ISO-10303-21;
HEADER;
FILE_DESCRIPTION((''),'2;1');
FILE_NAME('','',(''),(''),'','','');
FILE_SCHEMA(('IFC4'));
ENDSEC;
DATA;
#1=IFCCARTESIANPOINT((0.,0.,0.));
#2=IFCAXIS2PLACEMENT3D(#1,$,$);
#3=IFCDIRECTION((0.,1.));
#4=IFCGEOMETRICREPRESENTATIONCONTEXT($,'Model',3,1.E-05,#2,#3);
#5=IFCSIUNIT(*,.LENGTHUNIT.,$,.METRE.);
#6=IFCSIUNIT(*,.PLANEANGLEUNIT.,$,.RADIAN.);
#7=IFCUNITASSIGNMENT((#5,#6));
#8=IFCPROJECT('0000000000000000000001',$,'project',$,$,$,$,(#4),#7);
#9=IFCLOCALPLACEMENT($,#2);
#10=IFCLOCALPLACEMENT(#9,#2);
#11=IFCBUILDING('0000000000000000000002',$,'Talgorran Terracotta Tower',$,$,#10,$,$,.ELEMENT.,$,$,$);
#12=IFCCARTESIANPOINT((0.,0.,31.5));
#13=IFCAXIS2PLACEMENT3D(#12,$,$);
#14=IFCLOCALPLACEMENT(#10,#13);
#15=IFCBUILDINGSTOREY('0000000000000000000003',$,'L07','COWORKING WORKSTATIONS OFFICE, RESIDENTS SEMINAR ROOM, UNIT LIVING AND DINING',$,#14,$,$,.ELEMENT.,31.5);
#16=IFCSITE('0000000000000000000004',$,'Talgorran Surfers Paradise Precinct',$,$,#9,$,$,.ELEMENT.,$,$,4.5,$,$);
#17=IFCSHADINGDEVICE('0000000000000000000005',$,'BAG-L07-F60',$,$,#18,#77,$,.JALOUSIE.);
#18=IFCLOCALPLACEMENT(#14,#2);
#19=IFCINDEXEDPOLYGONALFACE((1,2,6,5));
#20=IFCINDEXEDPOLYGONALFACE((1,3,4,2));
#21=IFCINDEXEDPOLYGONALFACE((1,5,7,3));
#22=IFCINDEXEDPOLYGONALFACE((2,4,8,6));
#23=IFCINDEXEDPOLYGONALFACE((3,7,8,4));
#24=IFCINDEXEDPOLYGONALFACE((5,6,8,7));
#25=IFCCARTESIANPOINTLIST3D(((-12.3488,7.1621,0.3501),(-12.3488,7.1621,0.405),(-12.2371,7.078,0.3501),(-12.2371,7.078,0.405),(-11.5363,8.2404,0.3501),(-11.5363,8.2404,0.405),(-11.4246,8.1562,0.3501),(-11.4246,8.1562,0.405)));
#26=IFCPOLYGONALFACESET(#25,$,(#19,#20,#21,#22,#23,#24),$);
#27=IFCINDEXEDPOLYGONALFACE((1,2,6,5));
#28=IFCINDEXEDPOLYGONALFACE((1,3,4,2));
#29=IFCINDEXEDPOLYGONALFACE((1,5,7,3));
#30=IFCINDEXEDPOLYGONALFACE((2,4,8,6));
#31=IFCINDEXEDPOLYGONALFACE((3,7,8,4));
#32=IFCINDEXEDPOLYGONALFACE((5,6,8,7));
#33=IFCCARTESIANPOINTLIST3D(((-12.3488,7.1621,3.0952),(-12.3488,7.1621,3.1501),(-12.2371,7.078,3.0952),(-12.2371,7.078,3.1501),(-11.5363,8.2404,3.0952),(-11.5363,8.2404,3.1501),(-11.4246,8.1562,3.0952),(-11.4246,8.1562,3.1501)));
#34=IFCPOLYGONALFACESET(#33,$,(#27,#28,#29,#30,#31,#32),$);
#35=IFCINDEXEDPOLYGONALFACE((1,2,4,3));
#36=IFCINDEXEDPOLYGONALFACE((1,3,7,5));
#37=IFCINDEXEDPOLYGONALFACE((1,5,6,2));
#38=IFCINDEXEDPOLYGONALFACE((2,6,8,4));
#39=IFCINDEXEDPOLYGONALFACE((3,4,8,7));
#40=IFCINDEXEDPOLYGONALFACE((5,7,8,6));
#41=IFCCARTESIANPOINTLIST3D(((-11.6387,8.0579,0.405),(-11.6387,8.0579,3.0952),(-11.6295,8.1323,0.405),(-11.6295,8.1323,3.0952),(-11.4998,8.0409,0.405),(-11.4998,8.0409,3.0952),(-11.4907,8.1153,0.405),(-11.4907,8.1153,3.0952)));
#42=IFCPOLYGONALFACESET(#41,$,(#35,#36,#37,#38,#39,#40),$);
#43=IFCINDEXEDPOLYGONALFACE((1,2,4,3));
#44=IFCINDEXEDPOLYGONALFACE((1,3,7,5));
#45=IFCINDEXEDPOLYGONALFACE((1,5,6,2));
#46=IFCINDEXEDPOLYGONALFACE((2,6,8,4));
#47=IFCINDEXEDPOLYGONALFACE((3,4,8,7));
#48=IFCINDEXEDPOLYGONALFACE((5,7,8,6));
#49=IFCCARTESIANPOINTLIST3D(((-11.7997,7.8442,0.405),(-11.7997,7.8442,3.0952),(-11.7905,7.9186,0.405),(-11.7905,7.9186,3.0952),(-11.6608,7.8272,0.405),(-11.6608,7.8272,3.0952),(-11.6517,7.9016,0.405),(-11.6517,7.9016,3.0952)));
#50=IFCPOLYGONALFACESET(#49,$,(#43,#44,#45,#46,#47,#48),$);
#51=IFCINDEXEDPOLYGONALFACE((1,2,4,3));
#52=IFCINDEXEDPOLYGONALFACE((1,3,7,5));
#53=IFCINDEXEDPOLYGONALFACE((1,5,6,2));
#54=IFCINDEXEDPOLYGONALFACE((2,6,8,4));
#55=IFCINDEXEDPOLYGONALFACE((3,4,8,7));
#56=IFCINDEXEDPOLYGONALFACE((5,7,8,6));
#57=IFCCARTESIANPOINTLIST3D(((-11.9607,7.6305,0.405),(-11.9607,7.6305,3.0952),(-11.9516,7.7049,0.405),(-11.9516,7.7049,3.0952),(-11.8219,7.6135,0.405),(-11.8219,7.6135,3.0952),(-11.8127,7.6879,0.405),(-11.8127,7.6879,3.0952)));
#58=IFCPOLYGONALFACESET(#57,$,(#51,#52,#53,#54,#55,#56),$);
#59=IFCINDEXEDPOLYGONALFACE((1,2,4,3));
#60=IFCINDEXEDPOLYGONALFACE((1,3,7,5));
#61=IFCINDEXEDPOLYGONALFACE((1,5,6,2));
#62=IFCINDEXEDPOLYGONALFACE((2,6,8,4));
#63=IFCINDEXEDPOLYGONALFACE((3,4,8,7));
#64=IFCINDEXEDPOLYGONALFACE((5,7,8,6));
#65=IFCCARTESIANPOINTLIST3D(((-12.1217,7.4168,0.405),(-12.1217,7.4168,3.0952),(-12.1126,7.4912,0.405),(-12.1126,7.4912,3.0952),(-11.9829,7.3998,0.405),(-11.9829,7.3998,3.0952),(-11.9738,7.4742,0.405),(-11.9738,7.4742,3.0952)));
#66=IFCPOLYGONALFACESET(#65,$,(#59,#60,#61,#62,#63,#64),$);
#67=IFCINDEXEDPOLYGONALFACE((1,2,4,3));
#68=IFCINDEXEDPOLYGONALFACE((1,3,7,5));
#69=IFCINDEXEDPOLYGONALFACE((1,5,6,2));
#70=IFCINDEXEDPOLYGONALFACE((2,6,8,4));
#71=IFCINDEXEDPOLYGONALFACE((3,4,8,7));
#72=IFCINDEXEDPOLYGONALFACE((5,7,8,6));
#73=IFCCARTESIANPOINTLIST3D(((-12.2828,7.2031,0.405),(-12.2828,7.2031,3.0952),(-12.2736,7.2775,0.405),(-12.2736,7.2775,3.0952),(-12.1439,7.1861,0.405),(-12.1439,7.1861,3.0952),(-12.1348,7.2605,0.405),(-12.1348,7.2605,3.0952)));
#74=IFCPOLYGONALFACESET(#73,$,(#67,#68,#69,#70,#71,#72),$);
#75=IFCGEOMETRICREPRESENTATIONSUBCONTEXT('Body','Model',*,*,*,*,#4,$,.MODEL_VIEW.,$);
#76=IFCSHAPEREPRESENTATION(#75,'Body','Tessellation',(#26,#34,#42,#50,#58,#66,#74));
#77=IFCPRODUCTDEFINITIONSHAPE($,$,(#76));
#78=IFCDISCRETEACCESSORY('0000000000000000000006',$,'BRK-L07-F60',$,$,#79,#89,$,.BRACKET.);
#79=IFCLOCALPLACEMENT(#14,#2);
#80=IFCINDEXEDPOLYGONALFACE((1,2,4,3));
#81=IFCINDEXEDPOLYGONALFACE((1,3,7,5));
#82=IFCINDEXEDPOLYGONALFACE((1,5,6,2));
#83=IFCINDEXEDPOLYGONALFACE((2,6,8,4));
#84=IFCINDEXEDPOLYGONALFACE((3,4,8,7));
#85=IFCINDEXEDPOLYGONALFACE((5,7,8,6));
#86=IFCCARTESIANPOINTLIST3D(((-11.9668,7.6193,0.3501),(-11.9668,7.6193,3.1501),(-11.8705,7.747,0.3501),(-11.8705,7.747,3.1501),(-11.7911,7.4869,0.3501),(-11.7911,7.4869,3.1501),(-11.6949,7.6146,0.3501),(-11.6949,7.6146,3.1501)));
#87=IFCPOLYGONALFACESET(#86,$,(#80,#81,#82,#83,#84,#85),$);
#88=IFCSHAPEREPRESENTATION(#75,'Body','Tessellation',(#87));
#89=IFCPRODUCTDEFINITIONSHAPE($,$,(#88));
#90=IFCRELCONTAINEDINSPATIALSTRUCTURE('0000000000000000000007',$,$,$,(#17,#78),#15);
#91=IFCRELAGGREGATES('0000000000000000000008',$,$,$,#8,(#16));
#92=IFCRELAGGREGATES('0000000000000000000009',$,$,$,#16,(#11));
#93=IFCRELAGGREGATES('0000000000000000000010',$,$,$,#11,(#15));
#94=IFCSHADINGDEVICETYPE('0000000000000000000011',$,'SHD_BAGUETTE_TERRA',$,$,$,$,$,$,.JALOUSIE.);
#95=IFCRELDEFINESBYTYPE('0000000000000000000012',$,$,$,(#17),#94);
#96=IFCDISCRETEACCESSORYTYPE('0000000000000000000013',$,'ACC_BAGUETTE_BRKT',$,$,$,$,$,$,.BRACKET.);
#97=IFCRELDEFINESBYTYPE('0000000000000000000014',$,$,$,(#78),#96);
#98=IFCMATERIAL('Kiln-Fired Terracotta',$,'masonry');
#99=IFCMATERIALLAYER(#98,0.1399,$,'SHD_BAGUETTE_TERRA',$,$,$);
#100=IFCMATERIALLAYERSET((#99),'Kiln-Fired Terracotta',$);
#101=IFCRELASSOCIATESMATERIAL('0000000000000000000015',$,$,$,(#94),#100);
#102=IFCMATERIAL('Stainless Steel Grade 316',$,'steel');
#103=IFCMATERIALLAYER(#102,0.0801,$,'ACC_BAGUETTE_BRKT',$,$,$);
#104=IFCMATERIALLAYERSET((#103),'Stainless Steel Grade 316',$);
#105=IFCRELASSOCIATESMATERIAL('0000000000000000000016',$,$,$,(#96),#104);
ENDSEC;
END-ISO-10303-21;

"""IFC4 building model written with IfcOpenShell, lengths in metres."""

from ifc_helpers import new_model, si_unit, direction, frame, origin, origin_2d, place, context, subcontext, project, spatial, rectangle, extrude, source, transform, mapped, material, layer, layer_set, type_object, type_shapes, element, save


model = new_model("IFC4")

# Units and contexts
model_context = context("Model", 3, precision=1e-05, world=origin(), true_north=direction((0.0, 1.0)))
body_context = subcontext(model_context, "Body", "Model", "MODEL_VIEW")
ifc_project = project(units=[si_unit("LENGTHUNIT", "METRE"), si_unit("PLANEANGLEUNIT", "RADIAN")], contexts=[model_context])

# Site, building, storey
site_placement = place(None, origin())
site = spatial("IfcSite", under=ifc_project, at=site_placement, Name="Talgorran Surfers Paradise Precinct", CompositionType="ELEMENT", RefElevation=4.5)
building_placement = place(site_placement, origin())
building = spatial("IfcBuilding", under=site, at=building_placement, Name="Talgorran Terracotta Tower", CompositionType="ELEMENT")
storey_placement = place(building_placement, frame((0.0, 0.0, 31.5)))
storey = spatial("IfcBuildingStorey", under=building, at=storey_placement, Name="L07", Description="COWORKING WORKSTATIONS OFFICE, RESIDENTS SEMINAR ROOM, UNIT LIVING AND DINING", CompositionType="ELEMENT", Elevation=31.5)

# Shading device
ifc_material_1 = material(Name="Kiln-Fired Terracotta", Category="masonry")
ifc_layer_1 = layer(ifc_material_1, 0.1399, Name="SHD_BAGUETTE_TERRA")
ifc_layer_set_1 = layer_set([ifc_layer_1], Name="Kiln-Fired Terracotta")
shading_device_type = type_object("IfcShadingDeviceType", Name="SHD_BAGUETTE_TERRA", PredefinedType="JALOUSIE", material=ifc_layer_set_1)
shared_shape_1 = source(origin(), body_context, "Body", "SweptSolid", [
    extrude(rectangle(XDim=1.3501, YDim=0.1399, at=origin_2d()), origin(), (0.0, 0.0, 1.0), 0.0549),
    extrude(rectangle(XDim=1.3501, YDim=0.1399, at=origin_2d()), frame((0.0, 0.0, 2.7451)), (0.0, 0.0, 1.0), 0.0549),
    extrude(rectangle(XDim=0.075, YDim=0.1399, at=origin_2d()), frame((-0.5352, 0.0, 0.0549), z_axis=(0.0, 0.0, 1.0), x_axis=(0.866025, 0.5, 0.0)), (0.0, 0.0, 1.0), 2.6902),
    extrude(rectangle(XDim=0.075, YDim=0.1399, at=origin_2d()), frame((-0.2676, 0.0, 0.0549), z_axis=(0.0, 0.0, 1.0), x_axis=(0.866025, 0.5, 0.0)), (0.0, 0.0, 1.0), 2.6902),
    extrude(rectangle(XDim=0.075, YDim=0.1399, at=origin_2d()), frame((0.0, 0.0, 0.0549), z_axis=(0.0, 0.0, 1.0), x_axis=(0.866025, 0.5, 0.0)), (0.0, 0.0, 1.0), 2.6902),
    extrude(rectangle(XDim=0.075, YDim=0.1399, at=origin_2d()), frame((0.2676, 0.0, 0.0549), z_axis=(0.0, 0.0, 1.0), x_axis=(0.866025, 0.5, 0.0)), (0.0, 0.0, 1.0), 2.6902),
    extrude(rectangle(XDim=0.075, YDim=0.1399, at=origin_2d()), frame((0.5352, 0.0, 0.0549), z_axis=(0.0, 0.0, 1.0), x_axis=(0.866025, 0.5, 0.0)), (0.0, 0.0, 1.0), 2.6902),
])
type_shapes(shading_device_type, [shared_shape_1])
shading_device_placement = place(storey_placement, frame((-11.8867, 7.6592, 0.3501), z_axis=(0.0, 0.0, 1.0), x_axis=(-0.601801, -0.798646, 0.0)))
element("IfcShadingDevice", 1, at=shading_device_placement, inside=storey, type_object=shading_device_type, Name="BAG-L07-F60", PredefinedType="JALOUSIE", context=body_context, shape_type="MappedRepresentation", body=[
    mapped(shared_shape_1, transform((0.0, 0.0, 0.0), scale=1.0)),
])

# Discrete accessory
ifc_material_2 = material(Name="Stainless Steel Grade 316", Category="steel")
ifc_layer_2 = layer(ifc_material_2, 0.0801, Name="ACC_BAGUETTE_BRKT")
ifc_layer_set_2 = layer_set([ifc_layer_2], Name="Stainless Steel Grade 316")
discrete_accessory_type = type_object("IfcDiscreteAccessoryType", Name="ACC_BAGUETTE_BRKT", PredefinedType="BRACKET", material=ifc_layer_set_2)
shared_shape_2 = source(origin(), body_context, "Body", "SweptSolid", [
    extrude(rectangle(XDim=0.1599, YDim=0.22, at=origin_2d()), origin(), (0.0, 0.0, 1.0), 2.8),
])
type_shapes(discrete_accessory_type, [shared_shape_2])
discrete_accessory_placement = place(storey_placement, frame((-11.8308, 7.6169, 0.3501), z_axis=(0.0, 0.0, 1.0), x_axis=(-0.601801, -0.798646, 0.0)))
element("IfcDiscreteAccessory", 2, at=discrete_accessory_placement, inside=storey, type_object=discrete_accessory_type, Name="BRK-L07-F60", PredefinedType="BRACKET", context=body_context, shape_type="MappedRepresentation", body=[
    mapped(shared_shape_2, transform((0.0, 0.0, 0.0), scale=1.0)),
])

save(model, "model.ifc")
